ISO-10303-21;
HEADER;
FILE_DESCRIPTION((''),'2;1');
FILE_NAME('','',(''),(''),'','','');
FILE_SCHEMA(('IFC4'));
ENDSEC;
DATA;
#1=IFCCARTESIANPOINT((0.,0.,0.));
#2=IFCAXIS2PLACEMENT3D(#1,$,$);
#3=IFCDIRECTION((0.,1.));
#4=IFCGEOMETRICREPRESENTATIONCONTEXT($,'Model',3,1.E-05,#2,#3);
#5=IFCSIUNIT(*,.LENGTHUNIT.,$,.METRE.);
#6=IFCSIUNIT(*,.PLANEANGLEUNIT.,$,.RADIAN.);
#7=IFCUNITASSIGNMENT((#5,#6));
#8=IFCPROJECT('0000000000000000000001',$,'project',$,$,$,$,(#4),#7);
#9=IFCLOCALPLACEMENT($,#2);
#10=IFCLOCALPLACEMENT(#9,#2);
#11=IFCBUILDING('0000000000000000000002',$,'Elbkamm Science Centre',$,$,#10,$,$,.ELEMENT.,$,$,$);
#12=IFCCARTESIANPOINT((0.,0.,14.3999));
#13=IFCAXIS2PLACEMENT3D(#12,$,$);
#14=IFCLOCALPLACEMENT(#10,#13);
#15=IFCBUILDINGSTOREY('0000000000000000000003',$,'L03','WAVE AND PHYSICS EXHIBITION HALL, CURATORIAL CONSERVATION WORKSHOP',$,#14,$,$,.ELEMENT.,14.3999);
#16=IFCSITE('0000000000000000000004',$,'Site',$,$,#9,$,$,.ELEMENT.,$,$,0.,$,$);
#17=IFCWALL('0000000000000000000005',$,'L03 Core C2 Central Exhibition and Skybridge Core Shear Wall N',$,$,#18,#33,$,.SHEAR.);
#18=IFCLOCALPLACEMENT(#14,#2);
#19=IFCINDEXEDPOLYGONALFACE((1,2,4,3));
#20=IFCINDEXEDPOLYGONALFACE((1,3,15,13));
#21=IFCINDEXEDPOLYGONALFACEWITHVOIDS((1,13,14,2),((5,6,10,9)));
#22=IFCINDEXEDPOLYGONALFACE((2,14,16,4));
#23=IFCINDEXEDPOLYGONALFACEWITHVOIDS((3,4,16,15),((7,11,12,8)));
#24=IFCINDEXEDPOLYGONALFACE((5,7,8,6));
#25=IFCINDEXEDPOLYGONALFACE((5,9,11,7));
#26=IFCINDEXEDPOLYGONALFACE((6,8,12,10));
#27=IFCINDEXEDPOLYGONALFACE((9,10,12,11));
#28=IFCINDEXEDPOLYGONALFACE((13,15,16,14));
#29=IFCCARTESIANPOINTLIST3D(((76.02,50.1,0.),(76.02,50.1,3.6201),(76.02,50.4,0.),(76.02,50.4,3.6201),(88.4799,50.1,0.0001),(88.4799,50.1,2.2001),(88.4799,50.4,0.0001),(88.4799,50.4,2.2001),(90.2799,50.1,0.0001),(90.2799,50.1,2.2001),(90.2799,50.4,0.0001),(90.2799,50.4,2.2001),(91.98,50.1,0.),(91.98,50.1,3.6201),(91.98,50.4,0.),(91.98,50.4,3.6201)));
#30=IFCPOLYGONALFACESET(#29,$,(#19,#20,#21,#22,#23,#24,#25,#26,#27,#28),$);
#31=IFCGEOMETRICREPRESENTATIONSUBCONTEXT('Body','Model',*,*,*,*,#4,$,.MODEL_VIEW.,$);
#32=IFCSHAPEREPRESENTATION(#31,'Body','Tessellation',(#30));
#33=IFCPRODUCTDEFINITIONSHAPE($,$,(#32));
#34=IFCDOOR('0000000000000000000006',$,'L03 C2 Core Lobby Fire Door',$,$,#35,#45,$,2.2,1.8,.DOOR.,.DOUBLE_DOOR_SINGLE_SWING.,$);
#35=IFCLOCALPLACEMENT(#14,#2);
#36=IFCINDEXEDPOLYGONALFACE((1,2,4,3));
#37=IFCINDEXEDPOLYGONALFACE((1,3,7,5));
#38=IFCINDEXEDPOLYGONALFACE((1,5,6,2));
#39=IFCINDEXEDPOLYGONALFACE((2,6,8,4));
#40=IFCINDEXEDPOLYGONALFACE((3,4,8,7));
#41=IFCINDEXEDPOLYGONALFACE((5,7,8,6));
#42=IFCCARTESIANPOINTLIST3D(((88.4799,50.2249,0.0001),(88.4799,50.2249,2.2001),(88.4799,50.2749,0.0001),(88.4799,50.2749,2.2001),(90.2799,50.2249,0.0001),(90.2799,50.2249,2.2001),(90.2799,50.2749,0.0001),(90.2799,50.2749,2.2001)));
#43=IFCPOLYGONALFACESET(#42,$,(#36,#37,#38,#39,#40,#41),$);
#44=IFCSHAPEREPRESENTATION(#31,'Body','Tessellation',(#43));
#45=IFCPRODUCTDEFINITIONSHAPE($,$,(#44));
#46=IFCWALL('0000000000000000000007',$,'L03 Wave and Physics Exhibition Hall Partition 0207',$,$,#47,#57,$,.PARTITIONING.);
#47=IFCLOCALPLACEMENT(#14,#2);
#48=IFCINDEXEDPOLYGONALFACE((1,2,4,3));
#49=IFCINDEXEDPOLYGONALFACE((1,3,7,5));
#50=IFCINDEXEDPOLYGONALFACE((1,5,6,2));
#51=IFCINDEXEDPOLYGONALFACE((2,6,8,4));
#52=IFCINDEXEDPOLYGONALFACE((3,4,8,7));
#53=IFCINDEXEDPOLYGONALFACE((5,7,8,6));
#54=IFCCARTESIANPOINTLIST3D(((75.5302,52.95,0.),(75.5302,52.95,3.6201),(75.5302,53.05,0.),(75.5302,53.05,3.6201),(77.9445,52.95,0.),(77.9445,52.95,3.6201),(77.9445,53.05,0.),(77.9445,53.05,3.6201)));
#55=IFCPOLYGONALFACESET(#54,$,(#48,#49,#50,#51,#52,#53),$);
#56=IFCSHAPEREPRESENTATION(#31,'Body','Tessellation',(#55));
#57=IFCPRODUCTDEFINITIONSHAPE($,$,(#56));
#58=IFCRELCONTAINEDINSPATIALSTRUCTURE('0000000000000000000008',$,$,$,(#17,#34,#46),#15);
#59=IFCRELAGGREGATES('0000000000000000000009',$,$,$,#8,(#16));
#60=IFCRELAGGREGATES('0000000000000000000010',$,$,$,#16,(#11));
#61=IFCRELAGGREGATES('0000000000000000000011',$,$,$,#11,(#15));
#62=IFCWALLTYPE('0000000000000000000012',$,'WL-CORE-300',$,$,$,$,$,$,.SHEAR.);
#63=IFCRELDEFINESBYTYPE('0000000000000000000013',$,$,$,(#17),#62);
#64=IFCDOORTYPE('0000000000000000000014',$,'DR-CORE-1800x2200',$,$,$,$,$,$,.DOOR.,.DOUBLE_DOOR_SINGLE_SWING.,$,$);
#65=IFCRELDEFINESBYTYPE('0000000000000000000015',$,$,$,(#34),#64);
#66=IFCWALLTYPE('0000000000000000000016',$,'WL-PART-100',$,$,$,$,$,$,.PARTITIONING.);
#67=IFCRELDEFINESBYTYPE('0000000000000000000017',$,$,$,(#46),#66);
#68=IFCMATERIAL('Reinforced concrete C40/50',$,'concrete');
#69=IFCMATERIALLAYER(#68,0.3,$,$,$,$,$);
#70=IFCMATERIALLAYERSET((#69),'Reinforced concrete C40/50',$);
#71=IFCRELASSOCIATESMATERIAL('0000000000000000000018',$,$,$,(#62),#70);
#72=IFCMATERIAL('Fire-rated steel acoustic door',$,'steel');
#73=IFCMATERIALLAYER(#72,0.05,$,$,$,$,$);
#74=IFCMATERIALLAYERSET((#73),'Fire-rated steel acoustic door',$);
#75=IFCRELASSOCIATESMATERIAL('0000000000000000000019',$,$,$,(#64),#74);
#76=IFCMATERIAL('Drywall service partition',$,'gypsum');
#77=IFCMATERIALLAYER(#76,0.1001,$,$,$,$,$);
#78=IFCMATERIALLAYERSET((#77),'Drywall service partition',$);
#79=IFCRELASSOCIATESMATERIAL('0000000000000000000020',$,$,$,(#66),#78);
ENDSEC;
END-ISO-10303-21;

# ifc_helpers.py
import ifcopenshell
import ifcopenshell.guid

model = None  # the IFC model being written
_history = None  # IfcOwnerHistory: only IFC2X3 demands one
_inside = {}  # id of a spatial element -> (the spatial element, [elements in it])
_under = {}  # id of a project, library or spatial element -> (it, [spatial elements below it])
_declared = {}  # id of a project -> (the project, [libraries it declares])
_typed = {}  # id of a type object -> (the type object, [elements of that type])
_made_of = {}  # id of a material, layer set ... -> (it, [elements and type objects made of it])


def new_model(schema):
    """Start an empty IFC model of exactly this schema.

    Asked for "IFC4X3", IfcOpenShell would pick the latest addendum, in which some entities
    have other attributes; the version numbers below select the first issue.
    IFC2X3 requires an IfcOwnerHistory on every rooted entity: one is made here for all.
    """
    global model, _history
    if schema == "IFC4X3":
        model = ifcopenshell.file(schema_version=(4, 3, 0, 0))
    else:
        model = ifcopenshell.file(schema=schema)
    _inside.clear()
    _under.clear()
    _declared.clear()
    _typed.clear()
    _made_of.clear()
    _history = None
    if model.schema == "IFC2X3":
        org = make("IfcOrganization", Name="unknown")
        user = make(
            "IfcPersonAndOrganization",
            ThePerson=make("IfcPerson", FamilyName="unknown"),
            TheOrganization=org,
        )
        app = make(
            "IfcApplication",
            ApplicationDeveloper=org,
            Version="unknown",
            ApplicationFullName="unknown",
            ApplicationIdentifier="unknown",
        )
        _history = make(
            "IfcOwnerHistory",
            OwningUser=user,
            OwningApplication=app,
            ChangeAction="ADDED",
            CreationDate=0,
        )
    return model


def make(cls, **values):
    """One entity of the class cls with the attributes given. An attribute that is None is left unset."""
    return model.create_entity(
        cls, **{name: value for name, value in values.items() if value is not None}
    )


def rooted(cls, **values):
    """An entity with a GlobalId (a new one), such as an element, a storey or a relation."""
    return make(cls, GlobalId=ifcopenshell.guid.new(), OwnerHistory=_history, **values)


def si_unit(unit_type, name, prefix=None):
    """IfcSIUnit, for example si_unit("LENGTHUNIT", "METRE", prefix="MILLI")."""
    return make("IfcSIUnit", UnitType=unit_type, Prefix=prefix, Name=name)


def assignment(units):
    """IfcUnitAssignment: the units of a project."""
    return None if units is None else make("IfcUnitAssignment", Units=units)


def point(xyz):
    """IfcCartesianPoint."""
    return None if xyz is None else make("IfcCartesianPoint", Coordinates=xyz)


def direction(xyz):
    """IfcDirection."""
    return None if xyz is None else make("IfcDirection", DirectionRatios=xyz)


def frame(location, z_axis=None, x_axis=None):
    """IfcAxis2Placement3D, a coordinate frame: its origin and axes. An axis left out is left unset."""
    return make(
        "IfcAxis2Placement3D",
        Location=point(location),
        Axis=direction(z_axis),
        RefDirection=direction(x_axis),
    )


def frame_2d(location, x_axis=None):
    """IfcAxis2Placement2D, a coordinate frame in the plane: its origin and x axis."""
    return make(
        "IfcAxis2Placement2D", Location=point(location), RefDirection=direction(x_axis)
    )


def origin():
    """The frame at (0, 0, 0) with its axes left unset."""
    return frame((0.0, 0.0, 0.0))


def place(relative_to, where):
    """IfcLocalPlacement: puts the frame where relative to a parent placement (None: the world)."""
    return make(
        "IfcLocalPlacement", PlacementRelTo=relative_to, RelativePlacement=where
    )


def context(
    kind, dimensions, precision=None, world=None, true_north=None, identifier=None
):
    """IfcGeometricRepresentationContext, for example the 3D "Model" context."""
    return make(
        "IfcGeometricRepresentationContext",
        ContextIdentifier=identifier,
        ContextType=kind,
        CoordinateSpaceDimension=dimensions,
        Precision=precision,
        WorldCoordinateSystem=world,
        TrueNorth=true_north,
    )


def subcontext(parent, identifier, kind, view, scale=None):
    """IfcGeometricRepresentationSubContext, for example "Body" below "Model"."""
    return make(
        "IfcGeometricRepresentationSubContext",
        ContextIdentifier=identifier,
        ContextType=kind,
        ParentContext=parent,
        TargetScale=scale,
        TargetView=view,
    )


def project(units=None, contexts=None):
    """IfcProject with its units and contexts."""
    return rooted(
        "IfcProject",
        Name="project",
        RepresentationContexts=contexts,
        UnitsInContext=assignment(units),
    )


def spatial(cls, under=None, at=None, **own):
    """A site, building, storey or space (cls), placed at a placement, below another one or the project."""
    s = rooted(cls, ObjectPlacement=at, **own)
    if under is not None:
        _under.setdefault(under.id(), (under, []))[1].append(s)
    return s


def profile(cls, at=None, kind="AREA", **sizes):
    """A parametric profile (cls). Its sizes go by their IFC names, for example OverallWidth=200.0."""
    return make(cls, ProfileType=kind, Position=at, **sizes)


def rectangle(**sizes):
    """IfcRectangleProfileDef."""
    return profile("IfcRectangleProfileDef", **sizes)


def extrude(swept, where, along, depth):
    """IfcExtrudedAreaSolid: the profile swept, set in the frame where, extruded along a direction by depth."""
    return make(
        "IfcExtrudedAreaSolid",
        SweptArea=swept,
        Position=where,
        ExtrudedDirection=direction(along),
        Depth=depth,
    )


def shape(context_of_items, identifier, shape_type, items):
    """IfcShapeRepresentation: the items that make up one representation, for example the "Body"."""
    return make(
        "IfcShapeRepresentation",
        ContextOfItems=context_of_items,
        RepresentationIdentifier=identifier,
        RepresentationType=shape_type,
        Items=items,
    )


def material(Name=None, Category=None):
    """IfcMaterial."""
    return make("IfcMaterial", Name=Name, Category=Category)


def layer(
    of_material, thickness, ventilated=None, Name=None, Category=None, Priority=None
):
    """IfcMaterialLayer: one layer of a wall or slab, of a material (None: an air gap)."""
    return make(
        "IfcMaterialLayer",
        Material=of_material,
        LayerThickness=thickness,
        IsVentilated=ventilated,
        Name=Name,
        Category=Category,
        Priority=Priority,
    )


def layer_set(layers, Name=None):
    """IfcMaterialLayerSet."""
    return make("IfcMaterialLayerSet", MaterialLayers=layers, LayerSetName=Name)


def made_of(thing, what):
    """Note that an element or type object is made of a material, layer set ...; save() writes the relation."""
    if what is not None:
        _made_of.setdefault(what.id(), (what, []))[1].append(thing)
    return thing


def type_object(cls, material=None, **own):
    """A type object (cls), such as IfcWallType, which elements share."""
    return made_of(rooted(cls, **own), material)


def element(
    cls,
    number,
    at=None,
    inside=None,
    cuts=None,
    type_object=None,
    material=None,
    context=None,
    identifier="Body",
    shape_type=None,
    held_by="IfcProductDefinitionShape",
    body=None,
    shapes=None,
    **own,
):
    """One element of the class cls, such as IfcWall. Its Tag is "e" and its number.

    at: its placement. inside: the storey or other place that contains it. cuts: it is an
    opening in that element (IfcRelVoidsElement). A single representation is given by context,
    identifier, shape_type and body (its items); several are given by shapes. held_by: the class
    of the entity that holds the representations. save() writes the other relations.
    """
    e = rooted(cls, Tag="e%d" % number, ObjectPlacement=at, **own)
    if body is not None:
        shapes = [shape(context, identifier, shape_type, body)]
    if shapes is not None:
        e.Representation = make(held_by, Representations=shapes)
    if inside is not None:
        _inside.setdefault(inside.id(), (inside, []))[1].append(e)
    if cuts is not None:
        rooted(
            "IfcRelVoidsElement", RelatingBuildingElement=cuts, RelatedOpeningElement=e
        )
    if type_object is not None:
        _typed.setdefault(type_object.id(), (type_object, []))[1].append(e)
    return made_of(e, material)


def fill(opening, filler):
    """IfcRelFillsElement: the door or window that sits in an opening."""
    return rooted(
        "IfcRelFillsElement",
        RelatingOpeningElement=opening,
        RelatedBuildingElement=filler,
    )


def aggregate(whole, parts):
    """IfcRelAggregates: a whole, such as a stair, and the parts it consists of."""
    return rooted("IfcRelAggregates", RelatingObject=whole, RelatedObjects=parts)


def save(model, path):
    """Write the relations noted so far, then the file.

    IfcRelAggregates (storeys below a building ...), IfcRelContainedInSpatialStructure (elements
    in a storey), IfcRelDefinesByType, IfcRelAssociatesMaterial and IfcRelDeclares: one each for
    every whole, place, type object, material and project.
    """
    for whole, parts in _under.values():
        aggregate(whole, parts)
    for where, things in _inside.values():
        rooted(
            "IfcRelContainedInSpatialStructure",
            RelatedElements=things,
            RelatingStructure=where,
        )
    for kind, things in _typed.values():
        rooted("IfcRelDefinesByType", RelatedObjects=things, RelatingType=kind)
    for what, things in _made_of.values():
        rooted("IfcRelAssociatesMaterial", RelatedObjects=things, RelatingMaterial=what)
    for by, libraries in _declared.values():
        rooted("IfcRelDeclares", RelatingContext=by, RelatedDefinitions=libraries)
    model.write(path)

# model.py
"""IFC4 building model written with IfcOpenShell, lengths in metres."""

from ifc_helpers import new_model, si_unit, direction, frame, frame_2d, origin, place, context, subcontext, project, spatial, rectangle, extrude, material, layer, layer_set, type_object, element, fill, save


model = new_model("IFC4")

# Units and contexts
model_context = context("Model", 3, precision=1e-05, world=origin(), true_north=direction((0.0, 1.0)))
body_context = subcontext(model_context, "Body", "Model", "MODEL_VIEW")
ifc_project = project(units=[si_unit("LENGTHUNIT", "METRE"), si_unit("PLANEANGLEUNIT", "RADIAN")], contexts=[model_context])

# Site, building, storey
site_placement = place(None, origin())
site = spatial("IfcSite", under=ifc_project, at=site_placement, Name="Site", CompositionType="ELEMENT", RefElevation=0.0)
building_placement = place(site_placement, origin())
building = spatial("IfcBuilding", under=site, at=building_placement, Name="Elbkamm Science Centre", CompositionType="ELEMENT")
storey_placement = place(building_placement, frame((0.0, 0.0, 14.3999)))
storey = spatial("IfcBuildingStorey", under=building, at=storey_placement, Name="L03", Description="WAVE AND PHYSICS EXHIBITION HALL, CURATORIAL CONSERVATION WORKSHOP", CompositionType="ELEMENT", Elevation=14.3999)

# Shared definitions
ifc_material_1 = material(Name="Reinforced concrete C40/50", Category="concrete")

# Wall, opening, door
ifc_layer_1 = layer(ifc_material_1, 0.3)
ifc_layer_set_1 = layer_set([ifc_layer_1], Name="Reinforced concrete C40/50")
wall_type_1 = type_object("IfcWallType", Name="WL-CORE-300", PredefinedType="SHEAR", material=ifc_layer_set_1)
wall_1_placement = place(storey_placement, frame((76.02, 50.25, 0.0), z_axis=(0.0, 0.0, 1.0), x_axis=(1.0, 0.0, 0.0)))
wall_1 = element("IfcWall", 1, at=wall_1_placement, inside=storey, type_object=wall_type_1, Name="L03 Core C2 Central Exhibition and Skybridge Core Shear Wall N", PredefinedType="SHEAR", context=body_context, shape_type="SweptSolid", body=[
    extrude(rectangle(XDim=15.96, YDim=0.3, at=frame_2d((7.98, 0.0))), origin(), (0.0, 0.0, 1.0), 3.6201),
])
opening_placement = place(wall_1_placement, frame((12.46, 0.0, 0.0)))
opening = element("IfcOpeningElement", 2, at=opening_placement, cuts=wall_1, PredefinedType="OPENING", context=body_context, shape_type="SweptSolid", body=[
    extrude(rectangle(XDim=1.8, YDim=2.2, at=frame_2d((0.8999, 1.1001))), frame((0.0, 0.1621, 0.0), z_axis=(0.0, -1.0, 0.0), x_axis=(1.0, 0.0, 0.0)), (0.0, 0.0, 1.0), 0.324),
])
ifc_material_2 = material(Name="Fire-rated steel acoustic door", Category="steel")
ifc_layer_2 = layer(ifc_material_2, 0.05)
ifc_layer_set_2 = layer_set([ifc_layer_2], Name="Fire-rated steel acoustic door")
door_type = type_object("IfcDoorType", Name="DR-CORE-1800x2200", OperationType="DOUBLE_DOOR_SINGLE_SWING", PredefinedType="DOOR", material=ifc_layer_set_2)
door_placement = place(opening_placement, origin())
door = element("IfcDoor", 3, at=door_placement, inside=storey, type_object=door_type, Name="L03 C2 Core Lobby Fire Door", OperationType="DOUBLE_DOOR_SINGLE_SWING", OverallHeight=2.2, OverallWidth=1.8, PredefinedType="DOOR", context=body_context, shape_type="SweptSolid", body=[
    extrude(rectangle(XDim=1.8, YDim=2.2, at=frame_2d((0.8999, 1.1001))), frame((0.0, 0.0249, 0.0), z_axis=(0.0, -1.0, 0.0), x_axis=(1.0, 0.0, 0.0)), (0.0, 0.0, 1.0), 0.05),
])
fill(opening, door)

# Wall
ifc_material_3 = material(Name="Drywall service partition", Category="gypsum")
ifc_layer_3 = layer(ifc_material_3, 0.1001)
ifc_layer_set_3 = layer_set([ifc_layer_3], Name="Drywall service partition")
wall_type_2 = type_object("IfcWallType", Name="WL-PART-100", PredefinedType="PARTITIONING", material=ifc_layer_set_3)
wall_2_placement = place(storey_placement, frame((77.9443, 53.0, 0.0), z_axis=(0.0, 0.0, 1.0), x_axis=(-1.0, 0.0, 0.0)))
element("IfcWall", 4, at=wall_2_placement, inside=storey, type_object=wall_type_2, Name="L03 Wave and Physics Exhibition Hall Partition 0207", PredefinedType="PARTITIONING", context=body_context, shape_type="SweptSolid", body=[
    extrude(rectangle(XDim=2.4143, YDim=0.1001, at=frame_2d((1.207, 0.0))), origin(), (0.0, 0.0, 1.0), 3.6201),
])

save(model, "model.ifc")
